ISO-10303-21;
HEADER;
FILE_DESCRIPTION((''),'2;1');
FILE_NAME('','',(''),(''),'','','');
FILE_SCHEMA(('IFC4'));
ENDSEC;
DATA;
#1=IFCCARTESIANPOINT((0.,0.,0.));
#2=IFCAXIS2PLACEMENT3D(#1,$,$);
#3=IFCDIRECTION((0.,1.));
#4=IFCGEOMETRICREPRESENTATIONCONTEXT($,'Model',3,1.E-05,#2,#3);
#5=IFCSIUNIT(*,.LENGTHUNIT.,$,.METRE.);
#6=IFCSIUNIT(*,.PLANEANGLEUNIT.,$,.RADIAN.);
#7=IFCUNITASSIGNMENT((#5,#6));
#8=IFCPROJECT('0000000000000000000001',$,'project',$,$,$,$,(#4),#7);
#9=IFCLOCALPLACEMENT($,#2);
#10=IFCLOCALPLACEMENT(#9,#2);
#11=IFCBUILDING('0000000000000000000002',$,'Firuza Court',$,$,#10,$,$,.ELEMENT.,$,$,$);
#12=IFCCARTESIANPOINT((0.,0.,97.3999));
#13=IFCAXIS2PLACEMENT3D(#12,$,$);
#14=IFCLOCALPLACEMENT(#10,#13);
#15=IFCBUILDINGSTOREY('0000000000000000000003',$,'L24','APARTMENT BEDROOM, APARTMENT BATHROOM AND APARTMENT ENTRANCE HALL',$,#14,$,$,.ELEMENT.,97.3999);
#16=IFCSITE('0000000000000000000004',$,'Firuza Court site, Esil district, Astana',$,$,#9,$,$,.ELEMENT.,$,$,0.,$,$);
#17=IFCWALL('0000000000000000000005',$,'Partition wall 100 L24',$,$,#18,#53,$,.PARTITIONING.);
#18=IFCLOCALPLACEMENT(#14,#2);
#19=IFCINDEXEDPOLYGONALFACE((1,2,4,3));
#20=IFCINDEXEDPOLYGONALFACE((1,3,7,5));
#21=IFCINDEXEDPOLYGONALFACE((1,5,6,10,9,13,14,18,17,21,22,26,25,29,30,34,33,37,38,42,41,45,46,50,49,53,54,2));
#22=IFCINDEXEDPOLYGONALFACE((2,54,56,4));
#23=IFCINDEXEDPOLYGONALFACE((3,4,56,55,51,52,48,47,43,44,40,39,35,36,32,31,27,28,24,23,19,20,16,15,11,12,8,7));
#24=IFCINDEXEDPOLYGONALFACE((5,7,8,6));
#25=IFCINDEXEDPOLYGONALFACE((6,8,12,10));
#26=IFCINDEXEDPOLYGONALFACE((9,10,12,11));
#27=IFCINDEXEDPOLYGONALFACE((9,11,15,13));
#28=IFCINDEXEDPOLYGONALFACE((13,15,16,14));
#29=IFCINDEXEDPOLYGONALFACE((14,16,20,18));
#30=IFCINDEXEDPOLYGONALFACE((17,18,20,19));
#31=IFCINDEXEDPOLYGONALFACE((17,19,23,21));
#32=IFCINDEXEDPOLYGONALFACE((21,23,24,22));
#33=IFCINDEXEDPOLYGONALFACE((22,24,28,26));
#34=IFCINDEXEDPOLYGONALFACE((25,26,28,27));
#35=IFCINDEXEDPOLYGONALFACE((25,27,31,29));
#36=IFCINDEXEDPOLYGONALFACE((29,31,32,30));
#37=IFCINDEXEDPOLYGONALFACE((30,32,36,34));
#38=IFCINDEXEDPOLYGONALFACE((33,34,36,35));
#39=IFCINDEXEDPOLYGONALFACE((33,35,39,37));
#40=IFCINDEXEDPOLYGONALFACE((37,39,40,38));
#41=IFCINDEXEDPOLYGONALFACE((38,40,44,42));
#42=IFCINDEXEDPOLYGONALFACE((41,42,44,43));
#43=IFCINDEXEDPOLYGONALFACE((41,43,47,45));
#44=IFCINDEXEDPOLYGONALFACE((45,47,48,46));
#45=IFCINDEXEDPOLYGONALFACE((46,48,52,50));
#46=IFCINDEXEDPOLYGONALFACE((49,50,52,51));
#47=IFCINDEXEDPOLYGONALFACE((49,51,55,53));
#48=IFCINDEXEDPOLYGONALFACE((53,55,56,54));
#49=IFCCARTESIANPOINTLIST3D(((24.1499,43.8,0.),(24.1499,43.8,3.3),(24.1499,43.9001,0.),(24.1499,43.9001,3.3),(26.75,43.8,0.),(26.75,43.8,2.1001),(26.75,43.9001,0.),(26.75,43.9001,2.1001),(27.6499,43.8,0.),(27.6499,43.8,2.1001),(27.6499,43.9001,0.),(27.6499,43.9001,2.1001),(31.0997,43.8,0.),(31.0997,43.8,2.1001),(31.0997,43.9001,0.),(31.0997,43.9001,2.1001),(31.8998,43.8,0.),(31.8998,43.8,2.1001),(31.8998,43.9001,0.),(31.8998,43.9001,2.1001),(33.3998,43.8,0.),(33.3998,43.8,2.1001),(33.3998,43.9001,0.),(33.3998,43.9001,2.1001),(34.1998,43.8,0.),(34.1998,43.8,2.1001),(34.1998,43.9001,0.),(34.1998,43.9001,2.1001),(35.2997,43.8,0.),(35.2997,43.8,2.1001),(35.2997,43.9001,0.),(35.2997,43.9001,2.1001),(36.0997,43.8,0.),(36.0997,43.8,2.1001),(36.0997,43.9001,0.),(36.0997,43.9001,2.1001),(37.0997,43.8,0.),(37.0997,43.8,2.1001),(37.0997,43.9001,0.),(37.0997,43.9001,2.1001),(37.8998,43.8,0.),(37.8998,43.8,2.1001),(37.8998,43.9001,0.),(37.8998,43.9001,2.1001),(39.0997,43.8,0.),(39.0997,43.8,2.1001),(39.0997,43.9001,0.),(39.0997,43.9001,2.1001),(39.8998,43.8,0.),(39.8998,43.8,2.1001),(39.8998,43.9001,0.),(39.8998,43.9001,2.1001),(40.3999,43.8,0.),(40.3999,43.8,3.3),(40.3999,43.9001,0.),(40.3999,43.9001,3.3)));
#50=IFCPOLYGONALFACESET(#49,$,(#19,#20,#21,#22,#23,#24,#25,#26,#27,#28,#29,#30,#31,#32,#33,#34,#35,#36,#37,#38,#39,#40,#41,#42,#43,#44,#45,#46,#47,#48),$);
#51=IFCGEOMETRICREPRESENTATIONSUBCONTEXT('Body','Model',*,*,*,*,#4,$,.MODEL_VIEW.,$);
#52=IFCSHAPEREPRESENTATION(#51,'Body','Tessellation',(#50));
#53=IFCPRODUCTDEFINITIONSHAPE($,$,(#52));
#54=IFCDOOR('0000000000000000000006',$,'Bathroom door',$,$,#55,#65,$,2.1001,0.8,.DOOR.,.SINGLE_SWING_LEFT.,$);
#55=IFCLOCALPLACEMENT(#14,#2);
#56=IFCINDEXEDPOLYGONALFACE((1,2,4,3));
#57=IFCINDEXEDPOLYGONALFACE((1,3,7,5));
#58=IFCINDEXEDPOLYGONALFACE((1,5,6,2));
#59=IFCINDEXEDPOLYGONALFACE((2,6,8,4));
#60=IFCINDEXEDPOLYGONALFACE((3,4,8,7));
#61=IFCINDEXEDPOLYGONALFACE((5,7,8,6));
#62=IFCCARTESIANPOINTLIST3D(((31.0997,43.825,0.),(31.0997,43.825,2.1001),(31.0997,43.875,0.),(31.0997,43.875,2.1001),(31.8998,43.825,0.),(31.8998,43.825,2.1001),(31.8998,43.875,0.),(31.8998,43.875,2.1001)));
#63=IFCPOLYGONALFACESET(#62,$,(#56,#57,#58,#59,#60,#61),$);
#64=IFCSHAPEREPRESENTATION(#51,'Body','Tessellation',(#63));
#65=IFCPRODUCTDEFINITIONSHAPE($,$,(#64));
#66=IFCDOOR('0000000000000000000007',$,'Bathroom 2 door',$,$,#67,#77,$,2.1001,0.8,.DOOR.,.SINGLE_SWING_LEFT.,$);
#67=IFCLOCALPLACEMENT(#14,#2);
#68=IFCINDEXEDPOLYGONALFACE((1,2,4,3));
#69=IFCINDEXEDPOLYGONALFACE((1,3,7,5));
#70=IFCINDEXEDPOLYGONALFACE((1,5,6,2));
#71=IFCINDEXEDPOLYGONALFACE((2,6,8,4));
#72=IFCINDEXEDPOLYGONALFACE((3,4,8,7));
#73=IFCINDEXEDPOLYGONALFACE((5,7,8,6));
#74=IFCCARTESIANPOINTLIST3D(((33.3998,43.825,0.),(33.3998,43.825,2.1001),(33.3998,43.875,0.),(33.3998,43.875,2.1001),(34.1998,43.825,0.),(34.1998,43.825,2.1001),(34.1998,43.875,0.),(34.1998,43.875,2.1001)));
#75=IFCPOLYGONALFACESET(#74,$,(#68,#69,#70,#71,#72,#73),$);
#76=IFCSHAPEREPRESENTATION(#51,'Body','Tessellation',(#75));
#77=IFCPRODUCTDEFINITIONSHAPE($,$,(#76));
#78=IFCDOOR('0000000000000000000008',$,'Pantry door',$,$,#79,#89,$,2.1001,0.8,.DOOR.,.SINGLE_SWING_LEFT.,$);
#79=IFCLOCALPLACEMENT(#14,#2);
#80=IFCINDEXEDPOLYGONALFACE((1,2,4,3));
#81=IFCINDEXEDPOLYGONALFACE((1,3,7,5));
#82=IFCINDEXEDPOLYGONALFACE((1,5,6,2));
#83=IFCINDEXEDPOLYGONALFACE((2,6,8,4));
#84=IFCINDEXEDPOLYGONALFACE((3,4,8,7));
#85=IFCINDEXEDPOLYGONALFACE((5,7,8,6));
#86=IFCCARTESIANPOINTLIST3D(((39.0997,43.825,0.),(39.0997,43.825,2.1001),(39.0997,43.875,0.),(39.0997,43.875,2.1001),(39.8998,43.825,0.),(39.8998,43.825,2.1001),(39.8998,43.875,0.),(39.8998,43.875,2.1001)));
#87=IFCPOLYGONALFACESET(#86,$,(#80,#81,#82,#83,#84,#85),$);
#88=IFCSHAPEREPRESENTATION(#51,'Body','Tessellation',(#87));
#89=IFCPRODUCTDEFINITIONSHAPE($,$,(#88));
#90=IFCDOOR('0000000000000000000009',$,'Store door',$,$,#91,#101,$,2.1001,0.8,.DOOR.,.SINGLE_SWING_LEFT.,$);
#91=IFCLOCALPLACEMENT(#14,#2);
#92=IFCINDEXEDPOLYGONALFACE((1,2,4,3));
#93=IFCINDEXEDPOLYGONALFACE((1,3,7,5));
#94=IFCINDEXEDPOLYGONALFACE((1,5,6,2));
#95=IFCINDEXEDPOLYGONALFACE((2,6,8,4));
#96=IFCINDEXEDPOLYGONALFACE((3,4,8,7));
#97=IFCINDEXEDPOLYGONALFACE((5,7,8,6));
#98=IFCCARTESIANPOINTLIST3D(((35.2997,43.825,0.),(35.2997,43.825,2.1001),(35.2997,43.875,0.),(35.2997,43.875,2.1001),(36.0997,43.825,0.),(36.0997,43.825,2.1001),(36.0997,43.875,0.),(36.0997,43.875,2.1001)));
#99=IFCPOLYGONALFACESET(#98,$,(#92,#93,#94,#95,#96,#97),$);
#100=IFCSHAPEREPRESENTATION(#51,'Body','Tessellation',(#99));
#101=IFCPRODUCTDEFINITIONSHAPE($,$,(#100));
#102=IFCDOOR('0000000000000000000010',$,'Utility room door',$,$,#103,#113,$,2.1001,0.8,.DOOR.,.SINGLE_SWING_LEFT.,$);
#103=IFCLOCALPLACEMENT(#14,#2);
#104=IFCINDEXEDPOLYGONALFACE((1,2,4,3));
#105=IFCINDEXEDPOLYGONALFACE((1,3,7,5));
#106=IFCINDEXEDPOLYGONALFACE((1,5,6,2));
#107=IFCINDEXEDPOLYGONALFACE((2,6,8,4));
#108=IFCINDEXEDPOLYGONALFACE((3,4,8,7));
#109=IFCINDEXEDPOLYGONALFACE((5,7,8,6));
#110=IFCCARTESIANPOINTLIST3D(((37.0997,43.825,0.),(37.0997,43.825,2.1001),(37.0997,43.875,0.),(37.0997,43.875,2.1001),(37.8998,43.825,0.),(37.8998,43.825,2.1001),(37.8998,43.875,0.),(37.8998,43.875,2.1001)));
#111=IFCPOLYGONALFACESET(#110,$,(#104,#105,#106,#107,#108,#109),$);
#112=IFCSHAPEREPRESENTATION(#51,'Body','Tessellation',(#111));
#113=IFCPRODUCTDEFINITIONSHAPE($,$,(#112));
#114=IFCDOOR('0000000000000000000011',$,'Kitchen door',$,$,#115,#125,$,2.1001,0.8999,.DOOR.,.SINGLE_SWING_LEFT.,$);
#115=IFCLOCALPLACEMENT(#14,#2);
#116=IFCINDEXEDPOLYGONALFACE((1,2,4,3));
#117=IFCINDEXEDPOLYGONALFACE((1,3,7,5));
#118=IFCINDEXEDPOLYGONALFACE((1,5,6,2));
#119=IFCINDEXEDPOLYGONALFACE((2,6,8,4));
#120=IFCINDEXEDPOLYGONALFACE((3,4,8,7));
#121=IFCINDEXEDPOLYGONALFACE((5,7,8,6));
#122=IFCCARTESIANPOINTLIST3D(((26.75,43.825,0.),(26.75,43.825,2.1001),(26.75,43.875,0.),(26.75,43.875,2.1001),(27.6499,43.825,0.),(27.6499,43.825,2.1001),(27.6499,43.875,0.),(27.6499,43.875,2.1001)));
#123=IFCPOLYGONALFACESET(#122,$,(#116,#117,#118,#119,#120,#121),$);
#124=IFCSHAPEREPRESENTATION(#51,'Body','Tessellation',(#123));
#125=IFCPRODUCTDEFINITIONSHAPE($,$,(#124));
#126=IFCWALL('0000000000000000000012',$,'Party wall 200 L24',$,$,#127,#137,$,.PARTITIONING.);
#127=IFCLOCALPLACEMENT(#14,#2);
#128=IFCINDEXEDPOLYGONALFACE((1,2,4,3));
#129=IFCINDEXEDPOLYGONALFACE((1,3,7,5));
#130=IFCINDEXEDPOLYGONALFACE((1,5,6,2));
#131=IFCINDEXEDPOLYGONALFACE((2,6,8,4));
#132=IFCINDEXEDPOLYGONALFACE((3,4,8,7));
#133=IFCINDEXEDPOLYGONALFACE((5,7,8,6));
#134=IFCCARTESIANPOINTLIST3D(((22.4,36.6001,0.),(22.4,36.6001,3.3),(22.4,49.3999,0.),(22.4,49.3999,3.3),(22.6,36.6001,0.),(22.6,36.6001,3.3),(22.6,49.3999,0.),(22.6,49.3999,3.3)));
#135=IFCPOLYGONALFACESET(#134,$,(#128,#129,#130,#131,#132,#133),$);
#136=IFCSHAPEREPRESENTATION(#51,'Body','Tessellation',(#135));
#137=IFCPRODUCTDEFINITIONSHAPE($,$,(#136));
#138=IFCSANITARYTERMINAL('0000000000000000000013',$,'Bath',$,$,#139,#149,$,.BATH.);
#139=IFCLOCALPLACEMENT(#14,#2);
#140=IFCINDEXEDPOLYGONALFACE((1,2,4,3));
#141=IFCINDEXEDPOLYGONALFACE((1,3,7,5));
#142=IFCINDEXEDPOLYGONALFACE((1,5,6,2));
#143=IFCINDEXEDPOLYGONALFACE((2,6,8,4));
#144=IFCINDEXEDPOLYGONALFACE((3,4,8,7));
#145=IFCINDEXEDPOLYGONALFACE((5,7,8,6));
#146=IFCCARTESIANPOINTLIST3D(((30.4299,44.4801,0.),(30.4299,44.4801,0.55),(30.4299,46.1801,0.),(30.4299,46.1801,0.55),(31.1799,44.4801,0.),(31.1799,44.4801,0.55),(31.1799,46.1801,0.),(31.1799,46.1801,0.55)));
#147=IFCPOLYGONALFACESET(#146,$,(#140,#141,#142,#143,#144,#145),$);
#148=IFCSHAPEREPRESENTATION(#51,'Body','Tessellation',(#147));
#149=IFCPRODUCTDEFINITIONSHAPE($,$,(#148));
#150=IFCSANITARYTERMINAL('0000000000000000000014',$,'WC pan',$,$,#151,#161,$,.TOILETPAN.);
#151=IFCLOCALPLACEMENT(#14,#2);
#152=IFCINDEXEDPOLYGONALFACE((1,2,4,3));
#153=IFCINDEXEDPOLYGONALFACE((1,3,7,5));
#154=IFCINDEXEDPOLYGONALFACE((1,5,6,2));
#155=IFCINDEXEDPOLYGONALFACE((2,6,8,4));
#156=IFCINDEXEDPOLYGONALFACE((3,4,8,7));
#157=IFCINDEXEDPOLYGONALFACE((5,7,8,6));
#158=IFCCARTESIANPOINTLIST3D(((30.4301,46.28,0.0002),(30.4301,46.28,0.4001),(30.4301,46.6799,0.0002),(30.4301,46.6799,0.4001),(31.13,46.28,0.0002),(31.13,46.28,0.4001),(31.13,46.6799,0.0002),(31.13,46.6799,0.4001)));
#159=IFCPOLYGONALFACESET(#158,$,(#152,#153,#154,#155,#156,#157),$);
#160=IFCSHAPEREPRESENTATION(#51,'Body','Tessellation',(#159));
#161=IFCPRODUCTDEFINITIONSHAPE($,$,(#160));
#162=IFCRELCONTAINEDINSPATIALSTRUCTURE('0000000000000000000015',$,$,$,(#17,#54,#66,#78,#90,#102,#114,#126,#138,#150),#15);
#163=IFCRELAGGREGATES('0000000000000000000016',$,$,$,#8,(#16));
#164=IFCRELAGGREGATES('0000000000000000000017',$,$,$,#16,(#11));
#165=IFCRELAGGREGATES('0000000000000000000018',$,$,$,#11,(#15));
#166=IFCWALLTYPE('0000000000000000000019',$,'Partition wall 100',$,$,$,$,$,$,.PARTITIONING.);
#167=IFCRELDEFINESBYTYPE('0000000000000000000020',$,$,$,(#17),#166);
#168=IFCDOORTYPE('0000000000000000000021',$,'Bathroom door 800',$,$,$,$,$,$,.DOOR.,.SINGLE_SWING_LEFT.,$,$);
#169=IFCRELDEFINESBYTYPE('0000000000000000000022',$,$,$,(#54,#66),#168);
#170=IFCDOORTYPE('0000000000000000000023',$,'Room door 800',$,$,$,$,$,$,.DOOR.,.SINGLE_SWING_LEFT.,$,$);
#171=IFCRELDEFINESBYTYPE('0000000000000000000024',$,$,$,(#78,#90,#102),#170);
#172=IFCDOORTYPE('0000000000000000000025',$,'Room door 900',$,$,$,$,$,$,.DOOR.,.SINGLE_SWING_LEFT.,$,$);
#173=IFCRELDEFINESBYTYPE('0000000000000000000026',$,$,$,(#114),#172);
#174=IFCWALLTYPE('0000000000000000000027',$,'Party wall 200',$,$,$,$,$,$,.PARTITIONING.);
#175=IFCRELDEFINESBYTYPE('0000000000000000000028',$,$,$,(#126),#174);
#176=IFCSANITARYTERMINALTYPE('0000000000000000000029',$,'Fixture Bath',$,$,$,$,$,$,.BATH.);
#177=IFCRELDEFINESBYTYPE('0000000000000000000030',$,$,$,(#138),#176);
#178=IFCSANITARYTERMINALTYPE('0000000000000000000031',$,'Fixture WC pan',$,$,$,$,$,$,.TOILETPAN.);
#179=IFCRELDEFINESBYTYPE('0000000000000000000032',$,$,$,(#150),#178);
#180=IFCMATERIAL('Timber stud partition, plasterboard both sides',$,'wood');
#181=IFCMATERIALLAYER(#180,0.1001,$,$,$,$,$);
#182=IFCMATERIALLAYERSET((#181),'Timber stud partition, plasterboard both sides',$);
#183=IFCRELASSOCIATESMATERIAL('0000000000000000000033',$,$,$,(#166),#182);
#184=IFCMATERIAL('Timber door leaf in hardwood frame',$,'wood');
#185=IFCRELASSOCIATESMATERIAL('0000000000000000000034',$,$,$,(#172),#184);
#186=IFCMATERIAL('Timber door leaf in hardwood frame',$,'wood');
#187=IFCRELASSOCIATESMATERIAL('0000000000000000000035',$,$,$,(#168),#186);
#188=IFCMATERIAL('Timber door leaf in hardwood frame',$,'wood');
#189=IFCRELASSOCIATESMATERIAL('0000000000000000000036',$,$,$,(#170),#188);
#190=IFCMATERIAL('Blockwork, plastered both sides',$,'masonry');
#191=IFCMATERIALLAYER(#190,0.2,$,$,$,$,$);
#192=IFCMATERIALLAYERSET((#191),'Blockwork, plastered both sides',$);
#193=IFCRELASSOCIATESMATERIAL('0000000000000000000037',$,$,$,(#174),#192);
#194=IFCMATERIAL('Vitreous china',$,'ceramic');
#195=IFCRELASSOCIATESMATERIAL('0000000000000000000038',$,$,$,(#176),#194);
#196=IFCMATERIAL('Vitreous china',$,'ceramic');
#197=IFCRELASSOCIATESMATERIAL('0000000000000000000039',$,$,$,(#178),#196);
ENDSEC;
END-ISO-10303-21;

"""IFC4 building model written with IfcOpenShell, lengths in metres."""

from ifc_helpers import new_model, si_unit, direction, frame, frame_2d, origin, origin_2d, place, context, subcontext, project, spatial, rectangle, extrude, material, layer, layer_set, type_object, element, fill, save


model = new_model("IFC4")

# Units and contexts
model_context = context("Model", 3, precision=1e-05, world=origin(), true_north=direction((0.0, 1.0)))
body_context = subcontext(model_context, "Body", "Model", "MODEL_VIEW")
ifc_project = project(units=[si_unit("LENGTHUNIT", "METRE"), si_unit("PLANEANGLEUNIT", "RADIAN")], contexts=[model_context])

# Site, building, storey
site_placement = place(None, origin())
site = spatial("IfcSite", under=ifc_project, at=site_placement, Name="Firuza Court site, Esil district, Astana", CompositionType="ELEMENT", RefElevation=0.0)
building_placement = place(site_placement, origin())
building = spatial("IfcBuilding", under=site, at=building_placement, Name="Firuza Court", CompositionType="ELEMENT")
storey_placement = place(building_placement, frame((0.0, 0.0, 97.3999)))
storey = spatial("IfcBuildingStorey", under=building, at=storey_placement, Name="L24", Description="APARTMENT BEDROOM, APARTMENT BATHROOM AND APARTMENT ENTRANCE HALL", CompositionType="ELEMENT", Elevation=97.3999)

# Shared definitions
ifc_material_1 = material(Name="Timber stud partition, plasterboard both sides", Category="wood")
ifc_layer_1 = layer(ifc_material_1, 0.1001)
ifc_layer_set_1 = layer_set([ifc_layer_1], Name="Timber stud partition, plasterboard both sides")
wall_type_1 = type_object("IfcWallType", Name="Partition wall 100", PredefinedType="PARTITIONING", material=ifc_layer_set_1)

# Shared definitions
ifc_material_2 = material(Name="Timber door leaf in hardwood frame", Category="wood")
door_type_1 = type_object("IfcDoorType", Name="Room door 900", OperationType="SINGLE_SWING_LEFT", PredefinedType="DOOR", material=ifc_material_2)

# Wall, openings, doors
wall_1_placement = place(storey_placement, frame((24.1499, 43.8501, 0.0), z_axis=(0.0, 0.0, 1.0), x_axis=(1.0, 0.0, 0.0)))
wall_1 = element("IfcWall", 1, at=wall_1_placement, inside=storey, type_object=wall_type_1, Name="Partition wall 100 L24", PredefinedType="PARTITIONING", context=body_context, shape_type="SweptSolid", body=[
    extrude(rectangle(XDim=16.25, YDim=0.1001, at=frame_2d((8.125, 0.0))), origin(), (0.0, 0.0, 1.0), 3.3),
])
opening_1_placement = place(wall_1_placement, frame((6.95, 0.0, 0.0)))
opening_1 = element("IfcOpeningElement", 2, at=opening_1_placement, cuts=wall_1, PredefinedType="OPENING", context=body_context, shape_type="SweptSolid", body=[
    extrude(rectangle(XDim=0.8, YDim=2.1001, at=frame_2d((0.3999, 1.05))), frame((0.0, 0.062, 0.0), z_axis=(0.0, -1.0, 0.0), x_axis=(1.0, 0.0, 0.0)), (0.0, 0.0, 1.0), 0.124),
])
opening_2_placement = place(wall_1_placement, frame((9.25, 0.0, 0.0)))
opening_2 = element("IfcOpeningElement", 3, at=opening_2_placement, cuts=wall_1, PredefinedType="OPENING", context=body_context, shape_type="SweptSolid", body=[
    extrude(rectangle(XDim=0.8, YDim=2.1001, at=frame_2d((0.3999, 1.05))), frame((0.0, 0.062, 0.0), z_axis=(0.0, -1.0, 0.0), x_axis=(1.0, 0.0, 0.0)), (0.0, 0.0, 1.0), 0.124),
])
opening_3_placement = place(wall_1_placement, frame((2.6001, 0.0, 0.0)))
opening_3 = element("IfcOpeningElement", 4, at=opening_3_placement, cuts=wall_1, PredefinedType="OPENING", context=body_context, shape_type="SweptSolid", body=[
    extrude(rectangle(XDim=0.8999, YDim=2.1001, at=frame_2d((0.45, 1.05))), frame((0.0, 0.062, 0.0), z_axis=(0.0, -1.0, 0.0), x_axis=(1.0, 0.0, 0.0)), (0.0, 0.0, 1.0), 0.124),
])
opening_4_placement = place(wall_1_placement, frame((14.95, 0.0, 0.0)))
opening_4 = element("IfcOpeningElement", 5, at=opening_4_placement, cuts=wall_1, PredefinedType="OPENING", context=body_context, shape_type="SweptSolid", body=[
    extrude(rectangle(XDim=0.8, YDim=2.1001, at=frame_2d((0.3999, 1.05))), frame((0.0, 0.062, 0.0), z_axis=(0.0, -1.0, 0.0), x_axis=(1.0, 0.0, 0.0)), (0.0, 0.0, 1.0), 0.124),
])
opening_5_placement = place(wall_1_placement, frame((11.1499, 0.0, 0.0)))
opening_5 = element("IfcOpeningElement", 6, at=opening_5_placement, cuts=wall_1, PredefinedType="OPENING", context=body_context, shape_type="SweptSolid", body=[
    extrude(rectangle(XDim=0.8, YDim=2.1001, at=frame_2d((0.3999, 1.05))), frame((0.0, 0.062, 0.0), z_axis=(0.0, -1.0, 0.0), x_axis=(1.0, 0.0, 0.0)), (0.0, 0.0, 1.0), 0.124),
])
opening_6_placement = place(wall_1_placement, frame((12.95, 0.0, 0.0)))
opening_6 = element("IfcOpeningElement", 7, at=opening_6_placement, cuts=wall_1, PredefinedType="OPENING", context=body_context, shape_type="SweptSolid", body=[
    extrude(rectangle(XDim=0.8, YDim=2.1001, at=frame_2d((0.3999, 1.05))), frame((0.0, 0.062, 0.0), z_axis=(0.0, -1.0, 0.0), x_axis=(1.0, 0.0, 0.0)), (0.0, 0.0, 1.0), 0.124),
])
ifc_material_3 = material(Name="Timber door leaf in hardwood frame", Category="wood")
door_type_2 = type_object("IfcDoorType", Name="Bathroom door 800", OperationType="SINGLE_SWING_LEFT", PredefinedType="DOOR", material=ifc_material_3)
door_1_placement = place(opening_1_placement, origin())
door_1 = element("IfcDoor", 8, at=door_1_placement, inside=storey, type_object=door_type_2, Name="Bathroom door", OperationType="SINGLE_SWING_LEFT", OverallHeight=2.1001, OverallWidth=0.8, PredefinedType="DOOR", context=body_context, shape_type="SweptSolid", body=[
    extrude(rectangle(XDim=0.8, YDim=2.1001, at=frame_2d((0.3999, 1.05))), frame((0.0, 0.0249, 0.0), z_axis=(0.0, -1.0, 0.0), x_axis=(1.0, 0.0, 0.0)), (0.0, 0.0, 1.0), 0.05),
])
fill(opening_1, door_1)
door_2_placement = place(opening_2_placement, origin())
door_2 = element("IfcDoor", 9, at=door_2_placement, inside=storey, type_object=door_type_2, Name="Bathroom 2 door", OperationType="SINGLE_SWING_LEFT", OverallHeight=2.1001, OverallWidth=0.8, PredefinedType="DOOR", context=body_context, shape_type="SweptSolid", body=[
    extrude(rectangle(XDim=0.8, YDim=2.1001, at=frame_2d((0.3999, 1.05))), frame((0.0, 0.0249, 0.0), z_axis=(0.0, -1.0, 0.0), x_axis=(1.0, 0.0, 0.0)), (0.0, 0.0, 1.0), 0.05),
])
fill(opening_2, door_2)
ifc_material_4 = material(Name="Timber door leaf in hardwood frame", Category="wood")
door_type_3 = type_object("IfcDoorType", Name="Room door 800", OperationType="SINGLE_SWING_LEFT", PredefinedType="DOOR", material=ifc_material_4)
door_3_placement = place(opening_4_placement, origin())
door_3 = element("IfcDoor", 10, at=door_3_placement, inside=storey, type_object=door_type_3, Name="Pantry door", OperationType="SINGLE_SWING_LEFT", OverallHeight=2.1001, OverallWidth=0.8, PredefinedType="DOOR", context=body_context, shape_type="SweptSolid", body=[
    extrude(rectangle(XDim=0.8, YDim=2.1001, at=frame_2d((0.3999, 1.05))), frame((0.0, 0.0249, 0.0), z_axis=(0.0, -1.0, 0.0), x_axis=(1.0, 0.0, 0.0)), (0.0, 0.0, 1.0), 0.05),
])
fill(opening_4, door_3)
door_4_placement = place(opening_5_placement, origin())
door_4 = element("IfcDoor", 11, at=door_4_placement, inside=storey, type_object=door_type_3, Name="Store door", OperationType="SINGLE_SWING_LEFT", OverallHeight=2.1001, OverallWidth=0.8, PredefinedType="DOOR", context=body_context, shape_type="SweptSolid", body=[
    extrude(rectangle(XDim=0.8, YDim=2.1001, at=frame_2d((0.3999, 1.05))), frame((0.0, 0.0249, 0.0), z_axis=(0.0, -1.0, 0.0), x_axis=(1.0, 0.0, 0.0)), (0.0, 0.0, 1.0), 0.05),
])
fill(opening_5, door_4)
door_5_placement = place(opening_6_placement, origin())
door_5 = element("IfcDoor", 12, at=door_5_placement, inside=storey, type_object=door_type_3, Name="Utility room door", OperationType="SINGLE_SWING_LEFT", OverallHeight=2.1001, OverallWidth=0.8, PredefinedType="DOOR", context=body_context, shape_type="SweptSolid", body=[
    extrude(rectangle(XDim=0.8, YDim=2.1001, at=frame_2d((0.3999, 1.05))), frame((0.0, 0.0249, 0.0), z_axis=(0.0, -1.0, 0.0), x_axis=(1.0, 0.0, 0.0)), (0.0, 0.0, 1.0), 0.05),
])
fill(opening_6, door_5)
door_6_placement = place(opening_3_placement, origin())
door_6 = element("IfcDoor", 13, at=door_6_placement, inside=storey, type_object=door_type_1, Name="Kitchen door", OperationType="SINGLE_SWING_LEFT", OverallHeight=2.1001, OverallWidth=0.8999, PredefinedType="DOOR", context=body_context, shape_type="SweptSolid", body=[
    extrude(rectangle(XDim=0.8999, YDim=2.1001, at=frame_2d((0.45, 1.05))), frame((0.0, 0.0249, 0.0), z_axis=(0.0, -1.0, 0.0), x_axis=(1.0, 0.0, 0.0)), (0.0, 0.0, 1.0), 0.05),
])
fill(opening_3, door_6)

# Wall
ifc_material_5 = material(Name="Blockwork, plastered both sides", Category="masonry")
ifc_layer_2 = layer(ifc_material_5, 0.2)
ifc_layer_set_2 = layer_set([ifc_layer_2], Name="Blockwork, plastered both sides")
wall_type_2 = type_object("IfcWallType", Name="Party wall 200", PredefinedType="PARTITIONING", material=ifc_layer_set_2)
wall_2_placement = place(storey_placement, frame((22.5, 36.6001, 0.0), z_axis=(0.0, 0.0, 1.0), x_axis=(0.0, 1.0, 0.0)))
element("IfcWall", 14, at=wall_2_placement, inside=storey, type_object=wall_type_2, Name="Party wall 200 L24", PredefinedType="PARTITIONING", context=body_context, shape_type="SweptSolid", body=[
    extrude(rectangle(XDim=12.7998, YDim=0.2, at=frame_2d((6.3999, 0.0))), origin(), (0.0, 0.0, 1.0), 3.3),
])

# Sanitary terminals
ifc_material_6 = material(Name="Vitreous china", Category="ceramic")
sanitary_terminal_type_1 = type_object("IfcSanitaryTerminalType", Name="Fixture Bath", PredefinedType="BATH", material=ifc_material_6)
sanitary_terminal_placement = place(storey_placement, frame((30.8049, 45.3301, 0.0), z_axis=(0.0, 0.0, 1.0), x_axis=(1.0, 0.0, 0.0)))
element("IfcSanitaryTerminal", 15, at=sanitary_terminal_placement, inside=storey, type_object=sanitary_terminal_type_1, Name="Bath", PredefinedType="BATH", context=body_context, shape_type="SweptSolid", body=[
    extrude(rectangle(XDim=0.75, YDim=1.7, at=origin_2d()), origin(), (0.0, 0.0, 1.0), 0.55),
])
ifc_material_7 = material(Name="Vitreous china", Category="ceramic")
sanitary_terminal_type_2 = type_object("IfcSanitaryTerminalType", Name="Fixture WC pan", PredefinedType="TOILETPAN", material=ifc_material_7)
for number, where, z_axis, x_axis, name in (
    (16, (30.78, 46.48, 0.0002), (0.0, 0.0, 1.0), (1.0, 0.0, 0.0), "WC pan"),
):
    element("IfcSanitaryTerminal", number, at=place(storey_placement, frame(where, z_axis=z_axis, x_axis=x_axis)), inside=storey, type_object=sanitary_terminal_type_2, Name=name, PredefinedType="TOILETPAN", context=body_context, shape_type="SweptSolid", body=[
        extrude(rectangle(XDim=0.7, YDim=0.3999, at=origin_2d()), origin(), (0.0, 0.0, 1.0), 0.3999),
    ])

save(model, "model.ifc")
